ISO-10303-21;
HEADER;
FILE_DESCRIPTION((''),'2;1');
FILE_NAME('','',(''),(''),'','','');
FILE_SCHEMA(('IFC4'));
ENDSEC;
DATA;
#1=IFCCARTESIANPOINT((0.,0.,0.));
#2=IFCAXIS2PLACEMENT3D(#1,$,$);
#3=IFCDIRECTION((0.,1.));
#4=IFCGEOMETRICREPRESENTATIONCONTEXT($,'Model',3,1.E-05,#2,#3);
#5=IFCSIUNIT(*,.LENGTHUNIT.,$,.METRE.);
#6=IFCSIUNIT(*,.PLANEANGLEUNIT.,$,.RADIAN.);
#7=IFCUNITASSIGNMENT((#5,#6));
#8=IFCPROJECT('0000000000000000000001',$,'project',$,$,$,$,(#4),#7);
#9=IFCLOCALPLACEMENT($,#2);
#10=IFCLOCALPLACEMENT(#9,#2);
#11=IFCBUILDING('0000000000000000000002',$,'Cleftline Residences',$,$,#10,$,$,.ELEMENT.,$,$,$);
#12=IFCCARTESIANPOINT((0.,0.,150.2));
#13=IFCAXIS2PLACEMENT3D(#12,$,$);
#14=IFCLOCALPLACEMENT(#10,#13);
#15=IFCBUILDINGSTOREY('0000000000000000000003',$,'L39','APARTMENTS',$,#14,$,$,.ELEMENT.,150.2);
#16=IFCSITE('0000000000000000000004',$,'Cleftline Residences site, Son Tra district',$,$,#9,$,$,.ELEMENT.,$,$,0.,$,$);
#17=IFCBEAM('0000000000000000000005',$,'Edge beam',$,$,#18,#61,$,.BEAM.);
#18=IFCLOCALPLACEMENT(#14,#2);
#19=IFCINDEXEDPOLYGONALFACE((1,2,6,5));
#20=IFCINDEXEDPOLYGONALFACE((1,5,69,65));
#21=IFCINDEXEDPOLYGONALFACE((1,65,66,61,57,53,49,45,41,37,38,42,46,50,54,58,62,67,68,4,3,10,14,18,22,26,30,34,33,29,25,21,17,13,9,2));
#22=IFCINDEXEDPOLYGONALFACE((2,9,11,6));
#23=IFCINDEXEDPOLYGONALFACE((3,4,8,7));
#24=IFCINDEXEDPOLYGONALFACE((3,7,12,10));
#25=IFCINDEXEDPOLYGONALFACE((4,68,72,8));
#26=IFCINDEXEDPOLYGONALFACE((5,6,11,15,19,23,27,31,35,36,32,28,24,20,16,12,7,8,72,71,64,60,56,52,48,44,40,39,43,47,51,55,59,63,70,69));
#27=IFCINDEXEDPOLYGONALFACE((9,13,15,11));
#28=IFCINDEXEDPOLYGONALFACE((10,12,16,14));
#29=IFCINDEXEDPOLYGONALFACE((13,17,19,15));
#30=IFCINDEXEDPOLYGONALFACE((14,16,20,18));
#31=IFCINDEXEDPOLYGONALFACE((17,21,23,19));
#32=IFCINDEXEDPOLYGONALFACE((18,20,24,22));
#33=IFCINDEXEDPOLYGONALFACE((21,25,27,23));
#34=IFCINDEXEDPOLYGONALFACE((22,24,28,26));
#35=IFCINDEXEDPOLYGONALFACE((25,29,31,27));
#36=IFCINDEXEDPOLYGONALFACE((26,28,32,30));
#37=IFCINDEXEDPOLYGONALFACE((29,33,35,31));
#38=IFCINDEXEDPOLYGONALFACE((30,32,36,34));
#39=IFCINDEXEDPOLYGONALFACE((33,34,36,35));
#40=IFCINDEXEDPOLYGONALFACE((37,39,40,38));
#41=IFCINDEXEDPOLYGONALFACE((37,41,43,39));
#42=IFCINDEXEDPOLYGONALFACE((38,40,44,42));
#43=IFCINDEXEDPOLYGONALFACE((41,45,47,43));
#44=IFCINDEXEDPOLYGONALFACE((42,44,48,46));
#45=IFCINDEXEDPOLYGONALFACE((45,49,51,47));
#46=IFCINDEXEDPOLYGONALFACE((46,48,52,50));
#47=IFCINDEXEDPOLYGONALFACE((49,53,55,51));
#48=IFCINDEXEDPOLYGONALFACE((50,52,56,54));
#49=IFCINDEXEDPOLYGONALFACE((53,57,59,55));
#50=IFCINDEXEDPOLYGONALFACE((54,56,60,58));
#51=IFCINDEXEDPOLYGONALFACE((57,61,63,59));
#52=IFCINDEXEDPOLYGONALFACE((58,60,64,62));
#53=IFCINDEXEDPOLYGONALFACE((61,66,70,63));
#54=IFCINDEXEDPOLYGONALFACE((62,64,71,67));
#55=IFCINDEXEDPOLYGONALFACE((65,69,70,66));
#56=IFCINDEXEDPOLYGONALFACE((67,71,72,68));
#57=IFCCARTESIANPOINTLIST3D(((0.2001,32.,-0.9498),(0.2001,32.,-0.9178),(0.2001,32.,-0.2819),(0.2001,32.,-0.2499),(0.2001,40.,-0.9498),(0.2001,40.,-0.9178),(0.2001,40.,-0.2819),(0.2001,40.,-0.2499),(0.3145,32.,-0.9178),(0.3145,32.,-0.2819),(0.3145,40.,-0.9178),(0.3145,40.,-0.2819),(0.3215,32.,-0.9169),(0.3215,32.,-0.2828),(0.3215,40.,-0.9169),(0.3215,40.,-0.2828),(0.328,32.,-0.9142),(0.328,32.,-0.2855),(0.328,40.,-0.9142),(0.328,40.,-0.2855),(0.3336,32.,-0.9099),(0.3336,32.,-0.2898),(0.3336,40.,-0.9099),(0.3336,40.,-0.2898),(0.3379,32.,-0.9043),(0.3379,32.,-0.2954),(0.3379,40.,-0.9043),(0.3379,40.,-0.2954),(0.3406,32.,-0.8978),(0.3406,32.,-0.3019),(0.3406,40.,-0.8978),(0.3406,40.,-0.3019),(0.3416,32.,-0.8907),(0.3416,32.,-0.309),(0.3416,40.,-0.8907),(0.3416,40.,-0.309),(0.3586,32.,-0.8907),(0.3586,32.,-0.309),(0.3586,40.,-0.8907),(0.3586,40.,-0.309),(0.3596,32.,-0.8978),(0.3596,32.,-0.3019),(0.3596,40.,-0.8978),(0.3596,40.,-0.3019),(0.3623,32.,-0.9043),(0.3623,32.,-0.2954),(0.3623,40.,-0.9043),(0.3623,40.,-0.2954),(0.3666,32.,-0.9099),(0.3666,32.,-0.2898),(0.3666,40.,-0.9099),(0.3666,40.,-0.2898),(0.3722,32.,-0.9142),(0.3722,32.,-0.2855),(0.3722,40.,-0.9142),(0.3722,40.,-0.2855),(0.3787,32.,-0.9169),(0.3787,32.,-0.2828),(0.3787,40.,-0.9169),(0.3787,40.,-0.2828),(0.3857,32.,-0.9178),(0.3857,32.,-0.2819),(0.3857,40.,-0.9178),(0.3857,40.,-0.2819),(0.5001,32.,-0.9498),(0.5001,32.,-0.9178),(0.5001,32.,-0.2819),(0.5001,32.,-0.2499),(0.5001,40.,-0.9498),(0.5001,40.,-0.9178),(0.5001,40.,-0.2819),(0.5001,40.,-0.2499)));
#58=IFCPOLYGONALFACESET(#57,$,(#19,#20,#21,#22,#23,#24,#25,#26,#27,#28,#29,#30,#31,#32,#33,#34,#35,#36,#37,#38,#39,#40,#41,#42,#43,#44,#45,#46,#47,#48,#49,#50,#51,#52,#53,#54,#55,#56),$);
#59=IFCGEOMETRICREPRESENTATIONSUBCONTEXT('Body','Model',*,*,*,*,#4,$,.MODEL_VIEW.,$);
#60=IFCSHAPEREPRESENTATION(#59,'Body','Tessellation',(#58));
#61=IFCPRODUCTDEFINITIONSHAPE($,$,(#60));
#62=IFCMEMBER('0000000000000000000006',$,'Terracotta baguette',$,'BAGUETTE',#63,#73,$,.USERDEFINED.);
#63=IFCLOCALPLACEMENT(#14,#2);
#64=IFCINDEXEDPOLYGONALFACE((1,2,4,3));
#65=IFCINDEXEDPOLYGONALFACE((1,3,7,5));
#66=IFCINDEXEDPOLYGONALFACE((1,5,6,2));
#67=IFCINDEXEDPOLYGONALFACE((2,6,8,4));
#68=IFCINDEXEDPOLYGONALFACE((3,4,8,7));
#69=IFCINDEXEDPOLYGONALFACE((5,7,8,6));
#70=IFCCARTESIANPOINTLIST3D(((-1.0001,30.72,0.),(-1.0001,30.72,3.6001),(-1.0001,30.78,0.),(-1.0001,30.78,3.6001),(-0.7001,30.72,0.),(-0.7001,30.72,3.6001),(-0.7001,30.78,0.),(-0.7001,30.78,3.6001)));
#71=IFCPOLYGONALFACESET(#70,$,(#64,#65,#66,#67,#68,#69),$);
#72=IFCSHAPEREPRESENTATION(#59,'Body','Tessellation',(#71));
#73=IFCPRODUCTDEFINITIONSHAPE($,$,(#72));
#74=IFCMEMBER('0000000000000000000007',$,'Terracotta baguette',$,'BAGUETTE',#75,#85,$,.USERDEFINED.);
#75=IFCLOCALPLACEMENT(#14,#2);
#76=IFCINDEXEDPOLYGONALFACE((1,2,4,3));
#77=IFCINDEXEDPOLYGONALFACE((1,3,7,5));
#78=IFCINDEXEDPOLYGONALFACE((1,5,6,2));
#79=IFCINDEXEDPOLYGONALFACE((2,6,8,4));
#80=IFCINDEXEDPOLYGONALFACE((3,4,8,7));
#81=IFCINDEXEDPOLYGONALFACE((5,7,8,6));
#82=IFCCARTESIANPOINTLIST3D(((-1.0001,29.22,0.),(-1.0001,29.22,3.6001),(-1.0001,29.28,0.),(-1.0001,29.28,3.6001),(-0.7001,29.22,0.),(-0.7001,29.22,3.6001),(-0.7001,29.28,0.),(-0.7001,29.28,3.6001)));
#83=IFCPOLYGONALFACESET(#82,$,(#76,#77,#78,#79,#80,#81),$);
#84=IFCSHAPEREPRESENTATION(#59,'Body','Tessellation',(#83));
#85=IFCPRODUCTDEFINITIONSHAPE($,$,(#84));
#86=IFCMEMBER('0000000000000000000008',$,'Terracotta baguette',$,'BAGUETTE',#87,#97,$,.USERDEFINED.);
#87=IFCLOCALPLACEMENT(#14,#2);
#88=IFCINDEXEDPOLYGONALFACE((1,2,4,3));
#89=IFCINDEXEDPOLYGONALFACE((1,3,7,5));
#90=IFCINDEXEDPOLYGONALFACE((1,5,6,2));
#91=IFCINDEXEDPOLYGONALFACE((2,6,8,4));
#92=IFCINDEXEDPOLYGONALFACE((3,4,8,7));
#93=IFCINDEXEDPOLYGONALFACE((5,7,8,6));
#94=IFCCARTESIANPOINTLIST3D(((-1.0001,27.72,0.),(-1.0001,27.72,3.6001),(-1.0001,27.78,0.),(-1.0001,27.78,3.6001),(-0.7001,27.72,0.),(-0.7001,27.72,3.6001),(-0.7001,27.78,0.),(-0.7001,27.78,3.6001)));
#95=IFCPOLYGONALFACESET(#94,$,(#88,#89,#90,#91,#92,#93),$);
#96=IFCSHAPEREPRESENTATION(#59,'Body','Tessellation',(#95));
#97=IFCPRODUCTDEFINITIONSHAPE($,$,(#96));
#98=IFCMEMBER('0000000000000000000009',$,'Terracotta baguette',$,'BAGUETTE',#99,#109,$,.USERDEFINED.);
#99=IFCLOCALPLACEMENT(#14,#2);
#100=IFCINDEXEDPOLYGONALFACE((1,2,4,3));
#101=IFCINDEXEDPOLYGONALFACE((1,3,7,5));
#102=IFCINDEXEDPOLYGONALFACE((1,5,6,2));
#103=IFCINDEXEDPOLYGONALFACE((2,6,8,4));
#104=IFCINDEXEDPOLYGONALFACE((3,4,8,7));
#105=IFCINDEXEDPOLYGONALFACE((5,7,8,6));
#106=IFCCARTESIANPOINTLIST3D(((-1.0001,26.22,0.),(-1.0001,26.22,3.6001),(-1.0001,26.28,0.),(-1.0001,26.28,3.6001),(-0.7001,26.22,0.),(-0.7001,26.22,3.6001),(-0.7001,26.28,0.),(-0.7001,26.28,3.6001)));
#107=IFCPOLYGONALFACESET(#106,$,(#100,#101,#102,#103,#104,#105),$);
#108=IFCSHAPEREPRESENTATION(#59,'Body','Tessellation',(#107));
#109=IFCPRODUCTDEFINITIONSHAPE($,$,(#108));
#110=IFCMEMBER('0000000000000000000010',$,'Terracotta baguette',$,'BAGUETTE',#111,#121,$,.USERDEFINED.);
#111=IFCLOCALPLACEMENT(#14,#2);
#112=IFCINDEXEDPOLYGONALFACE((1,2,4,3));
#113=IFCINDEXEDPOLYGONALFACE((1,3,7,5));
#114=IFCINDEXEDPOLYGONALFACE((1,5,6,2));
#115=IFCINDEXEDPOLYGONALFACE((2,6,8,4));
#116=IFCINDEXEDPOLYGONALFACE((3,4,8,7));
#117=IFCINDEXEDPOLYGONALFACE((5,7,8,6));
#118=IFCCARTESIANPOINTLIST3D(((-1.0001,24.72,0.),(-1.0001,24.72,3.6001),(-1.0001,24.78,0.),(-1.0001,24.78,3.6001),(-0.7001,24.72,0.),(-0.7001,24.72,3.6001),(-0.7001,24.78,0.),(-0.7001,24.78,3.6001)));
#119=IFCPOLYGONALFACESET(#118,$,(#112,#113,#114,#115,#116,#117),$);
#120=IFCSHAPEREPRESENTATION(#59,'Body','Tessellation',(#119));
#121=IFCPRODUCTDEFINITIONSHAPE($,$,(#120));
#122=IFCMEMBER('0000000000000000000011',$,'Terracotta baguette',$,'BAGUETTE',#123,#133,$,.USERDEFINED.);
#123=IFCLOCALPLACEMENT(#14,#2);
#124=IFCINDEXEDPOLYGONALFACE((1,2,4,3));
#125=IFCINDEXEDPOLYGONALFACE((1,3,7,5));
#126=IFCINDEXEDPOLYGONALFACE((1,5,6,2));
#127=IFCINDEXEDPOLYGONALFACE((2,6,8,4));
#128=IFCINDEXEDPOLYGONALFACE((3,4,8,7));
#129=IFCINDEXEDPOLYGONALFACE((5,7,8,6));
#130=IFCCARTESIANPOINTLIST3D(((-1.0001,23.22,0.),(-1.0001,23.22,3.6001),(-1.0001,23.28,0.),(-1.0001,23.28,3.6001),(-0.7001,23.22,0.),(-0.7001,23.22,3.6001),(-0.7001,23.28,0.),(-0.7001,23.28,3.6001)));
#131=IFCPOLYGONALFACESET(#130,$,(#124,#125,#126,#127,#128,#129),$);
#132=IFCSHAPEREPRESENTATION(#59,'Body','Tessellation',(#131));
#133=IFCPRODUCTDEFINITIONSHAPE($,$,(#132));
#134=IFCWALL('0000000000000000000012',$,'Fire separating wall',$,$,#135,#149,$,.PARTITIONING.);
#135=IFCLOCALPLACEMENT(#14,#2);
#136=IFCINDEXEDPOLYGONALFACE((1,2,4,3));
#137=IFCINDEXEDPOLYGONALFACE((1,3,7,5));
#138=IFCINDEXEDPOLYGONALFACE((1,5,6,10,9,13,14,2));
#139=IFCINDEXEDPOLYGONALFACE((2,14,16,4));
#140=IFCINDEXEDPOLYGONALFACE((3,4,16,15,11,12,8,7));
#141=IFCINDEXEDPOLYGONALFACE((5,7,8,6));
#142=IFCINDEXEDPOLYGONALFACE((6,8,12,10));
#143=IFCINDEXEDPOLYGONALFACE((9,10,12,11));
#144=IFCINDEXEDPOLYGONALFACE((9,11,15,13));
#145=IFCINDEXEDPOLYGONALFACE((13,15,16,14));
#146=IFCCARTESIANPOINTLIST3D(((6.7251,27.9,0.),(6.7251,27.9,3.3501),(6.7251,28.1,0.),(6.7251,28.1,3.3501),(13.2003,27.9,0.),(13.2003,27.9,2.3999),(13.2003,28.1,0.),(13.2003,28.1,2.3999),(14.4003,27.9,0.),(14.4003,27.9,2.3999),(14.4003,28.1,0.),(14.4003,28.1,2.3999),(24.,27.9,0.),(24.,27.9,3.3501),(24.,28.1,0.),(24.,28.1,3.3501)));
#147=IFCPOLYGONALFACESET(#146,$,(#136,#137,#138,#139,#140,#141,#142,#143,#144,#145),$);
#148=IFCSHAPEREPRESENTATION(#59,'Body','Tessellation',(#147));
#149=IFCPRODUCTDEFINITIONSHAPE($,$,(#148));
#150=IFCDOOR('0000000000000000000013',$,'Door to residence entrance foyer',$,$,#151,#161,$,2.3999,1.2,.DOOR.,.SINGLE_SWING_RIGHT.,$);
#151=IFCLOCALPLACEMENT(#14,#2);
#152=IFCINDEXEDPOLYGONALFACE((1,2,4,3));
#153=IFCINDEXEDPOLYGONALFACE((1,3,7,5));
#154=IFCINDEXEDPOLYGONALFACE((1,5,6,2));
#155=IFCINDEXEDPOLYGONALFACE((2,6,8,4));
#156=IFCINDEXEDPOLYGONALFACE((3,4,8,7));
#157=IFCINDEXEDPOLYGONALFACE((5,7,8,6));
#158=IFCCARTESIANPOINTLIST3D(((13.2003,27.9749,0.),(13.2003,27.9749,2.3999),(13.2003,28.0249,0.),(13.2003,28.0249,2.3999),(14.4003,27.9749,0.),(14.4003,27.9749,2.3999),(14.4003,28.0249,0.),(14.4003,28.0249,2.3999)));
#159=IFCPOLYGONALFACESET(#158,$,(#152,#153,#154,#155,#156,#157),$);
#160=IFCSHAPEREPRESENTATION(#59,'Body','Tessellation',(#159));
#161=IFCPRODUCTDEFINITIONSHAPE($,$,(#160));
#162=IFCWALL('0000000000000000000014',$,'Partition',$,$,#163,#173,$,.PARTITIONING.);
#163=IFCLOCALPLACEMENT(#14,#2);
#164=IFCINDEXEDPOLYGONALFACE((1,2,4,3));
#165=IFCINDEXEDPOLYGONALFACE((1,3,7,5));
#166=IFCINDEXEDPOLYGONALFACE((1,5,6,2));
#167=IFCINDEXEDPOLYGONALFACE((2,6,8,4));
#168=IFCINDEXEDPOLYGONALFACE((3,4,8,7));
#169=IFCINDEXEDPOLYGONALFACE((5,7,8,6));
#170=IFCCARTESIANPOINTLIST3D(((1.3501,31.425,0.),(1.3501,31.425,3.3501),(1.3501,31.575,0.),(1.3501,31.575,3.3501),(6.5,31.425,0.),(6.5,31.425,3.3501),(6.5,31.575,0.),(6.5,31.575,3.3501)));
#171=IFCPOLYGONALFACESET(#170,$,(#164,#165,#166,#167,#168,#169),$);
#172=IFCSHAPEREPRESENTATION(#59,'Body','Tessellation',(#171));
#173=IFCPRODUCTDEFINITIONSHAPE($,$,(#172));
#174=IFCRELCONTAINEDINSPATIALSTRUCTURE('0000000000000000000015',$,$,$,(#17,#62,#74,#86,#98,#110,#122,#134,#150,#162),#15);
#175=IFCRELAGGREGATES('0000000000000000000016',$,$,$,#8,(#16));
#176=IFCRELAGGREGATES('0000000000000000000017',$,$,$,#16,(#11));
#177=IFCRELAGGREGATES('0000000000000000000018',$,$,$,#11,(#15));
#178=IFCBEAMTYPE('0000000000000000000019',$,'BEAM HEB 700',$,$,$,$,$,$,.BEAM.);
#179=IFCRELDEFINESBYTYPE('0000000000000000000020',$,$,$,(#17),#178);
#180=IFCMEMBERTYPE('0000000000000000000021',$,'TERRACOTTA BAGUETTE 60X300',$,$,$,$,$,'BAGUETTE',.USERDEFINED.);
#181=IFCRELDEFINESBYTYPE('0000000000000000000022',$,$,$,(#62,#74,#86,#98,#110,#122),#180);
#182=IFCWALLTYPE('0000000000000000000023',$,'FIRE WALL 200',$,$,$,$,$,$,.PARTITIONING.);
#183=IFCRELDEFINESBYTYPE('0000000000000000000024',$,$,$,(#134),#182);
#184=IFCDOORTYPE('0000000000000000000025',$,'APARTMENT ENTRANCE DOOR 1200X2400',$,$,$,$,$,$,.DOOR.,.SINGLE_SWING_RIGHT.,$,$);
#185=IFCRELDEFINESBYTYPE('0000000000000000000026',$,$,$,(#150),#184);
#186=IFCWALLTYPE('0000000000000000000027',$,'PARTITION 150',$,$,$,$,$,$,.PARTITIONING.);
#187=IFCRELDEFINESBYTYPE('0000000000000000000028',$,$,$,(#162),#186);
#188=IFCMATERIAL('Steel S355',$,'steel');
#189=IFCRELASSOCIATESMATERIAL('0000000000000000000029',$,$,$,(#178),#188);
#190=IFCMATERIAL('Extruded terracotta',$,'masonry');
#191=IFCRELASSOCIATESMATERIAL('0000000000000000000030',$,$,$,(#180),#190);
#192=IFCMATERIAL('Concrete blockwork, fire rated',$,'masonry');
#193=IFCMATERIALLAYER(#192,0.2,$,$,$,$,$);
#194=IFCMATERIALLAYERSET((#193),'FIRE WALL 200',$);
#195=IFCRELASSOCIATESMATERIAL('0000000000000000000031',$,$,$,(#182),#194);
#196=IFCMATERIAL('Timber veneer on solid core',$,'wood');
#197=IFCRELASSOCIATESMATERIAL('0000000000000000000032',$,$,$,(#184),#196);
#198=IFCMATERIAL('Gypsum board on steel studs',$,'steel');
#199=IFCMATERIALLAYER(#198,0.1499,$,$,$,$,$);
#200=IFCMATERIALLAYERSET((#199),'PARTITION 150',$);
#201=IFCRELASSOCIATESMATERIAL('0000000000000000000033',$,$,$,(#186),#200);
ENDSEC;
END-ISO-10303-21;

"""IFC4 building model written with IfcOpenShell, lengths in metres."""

from ifc_helpers import new_model, si_unit, direction, frame, frame_2d, origin, origin_2d, place, context, subcontext, project, spatial, rectangle, i_section, extrude, material, layer, layer_set, material_profile, profile_set, type_object, element, fill, save


model = new_model("IFC4")

# Units and contexts
model_context = context("Model", 3, precision=1e-05, world=origin(), true_north=direction((0.0, 1.0)))
body_context = subcontext(model_context, "Body", "Model", "MODEL_VIEW")
ifc_project = project(units=[si_unit("LENGTHUNIT", "METRE"), si_unit("PLANEANGLEUNIT", "RADIAN")], contexts=[model_context])

# Site, building, storey
site_placement = place(None, origin())
site = spatial("IfcSite", under=ifc_project, at=site_placement, Name="Cleftline Residences site, Son Tra district", CompositionType="ELEMENT", RefElevation=0.0)
building_placement = place(site_placement, origin())
building = spatial("IfcBuilding", under=site, at=building_placement, Name="Cleftline Residences", CompositionType="ELEMENT")
storey_placement = place(building_placement, frame((0.0, 0.0, 150.2)))
storey = spatial("IfcBuildingStorey", under=building, at=storey_placement, Name="L39", Description="APARTMENTS", CompositionType="ELEMENT", Elevation=150.2)

# Beam
ifc_material_1 = material(Name="Steel S355", Category="steel")
ifc_material_profile_1 = material_profile(ifc_material_1, i_section(OverallWidth=0.3, OverallDepth=0.7, WebThickness=0.0171, FlangeThickness=0.032, FilletRadius=0.0271, at=origin_2d()))
ifc_profile_set_1 = profile_set([ifc_material_profile_1], Name="Steel S355")
beam_type = type_object("IfcBeamType", Name="BEAM HEB 700", PredefinedType="BEAM", material=ifc_profile_set_1)
for number, where, z_axis, x_axis, name in (
    (1, (0.3501, 32.0, -0.5999), (0.0, 1.0, 0.0), (-1.0, 0.0, 0.0), "Edge beam"),
):
    element("IfcBeam", number, at=place(storey_placement, frame(where, z_axis=z_axis, x_axis=x_axis)), inside=storey, type_object=beam_type, Name=name, PredefinedType="BEAM", context=body_context, shape_type="SweptSolid", body=[
        extrude(i_section(OverallWidth=0.3, OverallDepth=0.7, WebThickness=0.0171, FlangeThickness=0.032, FilletRadius=0.0271, at=origin_2d()), origin(), (0.0, 0.0, 1.0), 8.0),
    ])

# Members
ifc_material_2 = material(Name="Extruded terracotta", Category="masonry")
ifc_material_profile_2 = material_profile(ifc_material_2, rectangle(XDim=0.0601, YDim=0.3, at=origin_2d()))
ifc_profile_set_2 = profile_set([ifc_material_profile_2], Name="Extruded terracotta")
member_type_1 = type_object("IfcMemberType", Name="TERRACOTTA BAGUETTE 60X300", ElementType="BAGUETTE", PredefinedType="USERDEFINED", material=ifc_profile_set_2)
for number, where, z_axis, x_axis, name in (
    (2, (-0.8501, 30.75, 0.0), (0.0, 0.0, 1.0), (0.0, 1.0, 0.0), "Terracotta baguette"),
    (3, (-0.8501, 29.25, 0.0), (0.0, 0.0, 1.0), (0.0, 1.0, 0.0), "Terracotta baguette"),
    (4, (-0.8501, 27.75, 0.0), (0.0, 0.0, 1.0), (0.0, 1.0, 0.0), "Terracotta baguette"),
    (5, (-0.8501, 26.25, 0.0), (0.0, 0.0, 1.0), (0.0, 1.0, 0.0), "Terracotta baguette"),
    (6, (-0.8501, 24.75, 0.0), (0.0, 0.0, 1.0), (0.0, 1.0, 0.0), "Terracotta baguette"),
    (7, (-0.8501, 23.25, 0.0), (0.0, 0.0, 1.0), (0.0, 1.0, 0.0), "Terracotta baguette"),
):
    element("IfcMember", number, at=place(storey_placement, frame(where, z_axis=z_axis, x_axis=x_axis)), inside=storey, type_object=member_type_1, Name=name, ObjectType="BAGUETTE", PredefinedType="USERDEFINED", context=body_context, shape_type="SweptSolid", body=[
        extrude(rectangle(XDim=0.0601, YDim=0.3, at=origin_2d()), origin(), (0.0, 0.0, 1.0), 3.6001),
    ])

# Wall, opening, door
ifc_material_3 = material(Name="Concrete blockwork, fire rated", Category="masonry")
ifc_layer_1 = layer(ifc_material_3, 0.2)
ifc_layer_set_1 = layer_set([ifc_layer_1], Name="FIRE WALL 200")
wall_type_1 = type_object("IfcWallType", Name="FIRE WALL 200", PredefinedType="PARTITIONING", material=ifc_layer_set_1)
wall_1_placement = place(storey_placement, frame((6.7251, 28.0, 0.0), z_axis=(0.0, 0.0, 1.0), x_axis=(1.0, 0.0, 0.0)))
wall_1 = element("IfcWall", 8, at=wall_1_placement, inside=storey, type_object=wall_type_1, Name="Fire separating wall", PredefinedType="PARTITIONING", context=body_context, shape_type="SweptSolid", body=[
    extrude(rectangle(XDim=17.2749, YDim=0.2, at=frame_2d((8.6375, 0.0))), origin(), (0.0, 0.0, 1.0), 3.3501),
])
opening_1_placement = place(wall_1_placement, frame((6.4751, 0.0, 0.0)))
opening_1 = element("IfcOpeningElement", 9, at=opening_1_placement, cuts=wall_1, PredefinedType="OPENING", context=body_context, shape_type="SweptSolid", body=[
    extrude(rectangle(XDim=1.2, YDim=2.3999, at=frame_2d((0.6001, 1.2))), frame((0.0, 0.1099, 0.0), z_axis=(0.0, -1.0, 0.0), x_axis=(1.0, 0.0, 0.0)), (0.0, 0.0, 1.0), 0.22),
])
ifc_material_4 = material(Name="Timber veneer on solid core", Category="wood")
door_type_1 = type_object("IfcDoorType", Name="APARTMENT ENTRANCE DOOR 1200X2400", OperationType="SINGLE_SWING_RIGHT", PredefinedType="DOOR", material=ifc_material_4)
door_1_placement = place(opening_1_placement, origin())
door_1 = element("IfcDoor", 10, at=door_1_placement, inside=storey, type_object=door_type_1, Name="Door to residence entrance foyer", OperationType="SINGLE_SWING_RIGHT", OverallHeight=2.3999, OverallWidth=1.2, PredefinedType="DOOR", context=body_context, shape_type="SweptSolid", body=[
    extrude(rectangle(XDim=1.2, YDim=2.3999, at=frame_2d((0.6001, 1.2))), frame((0.0, 0.0249, 0.0), z_axis=(0.0, -1.0, 0.0), x_axis=(1.0, 0.0, 0.0)), (0.0, 0.0, 1.0), 0.05),
])
fill(opening_1, door_1)

# Wall
ifc_material_5 = material(Name="Gypsum board on steel studs", Category="steel")
ifc_layer_2 = layer(ifc_material_5, 0.1499)
ifc_layer_set_2 = layer_set([ifc_layer_2], Name="PARTITION 150")
wall_type_2 = type_object("IfcWallType", Name="PARTITION 150", PredefinedType="PARTITIONING", material=ifc_layer_set_2)
wall_2_placement = place(storey_placement, frame((1.3501, 31.5, 0.0), z_axis=(0.0, 0.0, 1.0), x_axis=(1.0, 0.0, 0.0)))
element("IfcWall", 11, at=wall_2_placement, inside=storey, type_object=wall_type_2, Name="Partition", PredefinedType="PARTITIONING", context=body_context, shape_type="SweptSolid", body=[
    extrude(rectangle(XDim=5.1499, YDim=0.1499, at=frame_2d((2.575, 0.0))), origin(), (0.0, 0.0, 1.0), 3.3501),
])

save(model, "model.ifc")
